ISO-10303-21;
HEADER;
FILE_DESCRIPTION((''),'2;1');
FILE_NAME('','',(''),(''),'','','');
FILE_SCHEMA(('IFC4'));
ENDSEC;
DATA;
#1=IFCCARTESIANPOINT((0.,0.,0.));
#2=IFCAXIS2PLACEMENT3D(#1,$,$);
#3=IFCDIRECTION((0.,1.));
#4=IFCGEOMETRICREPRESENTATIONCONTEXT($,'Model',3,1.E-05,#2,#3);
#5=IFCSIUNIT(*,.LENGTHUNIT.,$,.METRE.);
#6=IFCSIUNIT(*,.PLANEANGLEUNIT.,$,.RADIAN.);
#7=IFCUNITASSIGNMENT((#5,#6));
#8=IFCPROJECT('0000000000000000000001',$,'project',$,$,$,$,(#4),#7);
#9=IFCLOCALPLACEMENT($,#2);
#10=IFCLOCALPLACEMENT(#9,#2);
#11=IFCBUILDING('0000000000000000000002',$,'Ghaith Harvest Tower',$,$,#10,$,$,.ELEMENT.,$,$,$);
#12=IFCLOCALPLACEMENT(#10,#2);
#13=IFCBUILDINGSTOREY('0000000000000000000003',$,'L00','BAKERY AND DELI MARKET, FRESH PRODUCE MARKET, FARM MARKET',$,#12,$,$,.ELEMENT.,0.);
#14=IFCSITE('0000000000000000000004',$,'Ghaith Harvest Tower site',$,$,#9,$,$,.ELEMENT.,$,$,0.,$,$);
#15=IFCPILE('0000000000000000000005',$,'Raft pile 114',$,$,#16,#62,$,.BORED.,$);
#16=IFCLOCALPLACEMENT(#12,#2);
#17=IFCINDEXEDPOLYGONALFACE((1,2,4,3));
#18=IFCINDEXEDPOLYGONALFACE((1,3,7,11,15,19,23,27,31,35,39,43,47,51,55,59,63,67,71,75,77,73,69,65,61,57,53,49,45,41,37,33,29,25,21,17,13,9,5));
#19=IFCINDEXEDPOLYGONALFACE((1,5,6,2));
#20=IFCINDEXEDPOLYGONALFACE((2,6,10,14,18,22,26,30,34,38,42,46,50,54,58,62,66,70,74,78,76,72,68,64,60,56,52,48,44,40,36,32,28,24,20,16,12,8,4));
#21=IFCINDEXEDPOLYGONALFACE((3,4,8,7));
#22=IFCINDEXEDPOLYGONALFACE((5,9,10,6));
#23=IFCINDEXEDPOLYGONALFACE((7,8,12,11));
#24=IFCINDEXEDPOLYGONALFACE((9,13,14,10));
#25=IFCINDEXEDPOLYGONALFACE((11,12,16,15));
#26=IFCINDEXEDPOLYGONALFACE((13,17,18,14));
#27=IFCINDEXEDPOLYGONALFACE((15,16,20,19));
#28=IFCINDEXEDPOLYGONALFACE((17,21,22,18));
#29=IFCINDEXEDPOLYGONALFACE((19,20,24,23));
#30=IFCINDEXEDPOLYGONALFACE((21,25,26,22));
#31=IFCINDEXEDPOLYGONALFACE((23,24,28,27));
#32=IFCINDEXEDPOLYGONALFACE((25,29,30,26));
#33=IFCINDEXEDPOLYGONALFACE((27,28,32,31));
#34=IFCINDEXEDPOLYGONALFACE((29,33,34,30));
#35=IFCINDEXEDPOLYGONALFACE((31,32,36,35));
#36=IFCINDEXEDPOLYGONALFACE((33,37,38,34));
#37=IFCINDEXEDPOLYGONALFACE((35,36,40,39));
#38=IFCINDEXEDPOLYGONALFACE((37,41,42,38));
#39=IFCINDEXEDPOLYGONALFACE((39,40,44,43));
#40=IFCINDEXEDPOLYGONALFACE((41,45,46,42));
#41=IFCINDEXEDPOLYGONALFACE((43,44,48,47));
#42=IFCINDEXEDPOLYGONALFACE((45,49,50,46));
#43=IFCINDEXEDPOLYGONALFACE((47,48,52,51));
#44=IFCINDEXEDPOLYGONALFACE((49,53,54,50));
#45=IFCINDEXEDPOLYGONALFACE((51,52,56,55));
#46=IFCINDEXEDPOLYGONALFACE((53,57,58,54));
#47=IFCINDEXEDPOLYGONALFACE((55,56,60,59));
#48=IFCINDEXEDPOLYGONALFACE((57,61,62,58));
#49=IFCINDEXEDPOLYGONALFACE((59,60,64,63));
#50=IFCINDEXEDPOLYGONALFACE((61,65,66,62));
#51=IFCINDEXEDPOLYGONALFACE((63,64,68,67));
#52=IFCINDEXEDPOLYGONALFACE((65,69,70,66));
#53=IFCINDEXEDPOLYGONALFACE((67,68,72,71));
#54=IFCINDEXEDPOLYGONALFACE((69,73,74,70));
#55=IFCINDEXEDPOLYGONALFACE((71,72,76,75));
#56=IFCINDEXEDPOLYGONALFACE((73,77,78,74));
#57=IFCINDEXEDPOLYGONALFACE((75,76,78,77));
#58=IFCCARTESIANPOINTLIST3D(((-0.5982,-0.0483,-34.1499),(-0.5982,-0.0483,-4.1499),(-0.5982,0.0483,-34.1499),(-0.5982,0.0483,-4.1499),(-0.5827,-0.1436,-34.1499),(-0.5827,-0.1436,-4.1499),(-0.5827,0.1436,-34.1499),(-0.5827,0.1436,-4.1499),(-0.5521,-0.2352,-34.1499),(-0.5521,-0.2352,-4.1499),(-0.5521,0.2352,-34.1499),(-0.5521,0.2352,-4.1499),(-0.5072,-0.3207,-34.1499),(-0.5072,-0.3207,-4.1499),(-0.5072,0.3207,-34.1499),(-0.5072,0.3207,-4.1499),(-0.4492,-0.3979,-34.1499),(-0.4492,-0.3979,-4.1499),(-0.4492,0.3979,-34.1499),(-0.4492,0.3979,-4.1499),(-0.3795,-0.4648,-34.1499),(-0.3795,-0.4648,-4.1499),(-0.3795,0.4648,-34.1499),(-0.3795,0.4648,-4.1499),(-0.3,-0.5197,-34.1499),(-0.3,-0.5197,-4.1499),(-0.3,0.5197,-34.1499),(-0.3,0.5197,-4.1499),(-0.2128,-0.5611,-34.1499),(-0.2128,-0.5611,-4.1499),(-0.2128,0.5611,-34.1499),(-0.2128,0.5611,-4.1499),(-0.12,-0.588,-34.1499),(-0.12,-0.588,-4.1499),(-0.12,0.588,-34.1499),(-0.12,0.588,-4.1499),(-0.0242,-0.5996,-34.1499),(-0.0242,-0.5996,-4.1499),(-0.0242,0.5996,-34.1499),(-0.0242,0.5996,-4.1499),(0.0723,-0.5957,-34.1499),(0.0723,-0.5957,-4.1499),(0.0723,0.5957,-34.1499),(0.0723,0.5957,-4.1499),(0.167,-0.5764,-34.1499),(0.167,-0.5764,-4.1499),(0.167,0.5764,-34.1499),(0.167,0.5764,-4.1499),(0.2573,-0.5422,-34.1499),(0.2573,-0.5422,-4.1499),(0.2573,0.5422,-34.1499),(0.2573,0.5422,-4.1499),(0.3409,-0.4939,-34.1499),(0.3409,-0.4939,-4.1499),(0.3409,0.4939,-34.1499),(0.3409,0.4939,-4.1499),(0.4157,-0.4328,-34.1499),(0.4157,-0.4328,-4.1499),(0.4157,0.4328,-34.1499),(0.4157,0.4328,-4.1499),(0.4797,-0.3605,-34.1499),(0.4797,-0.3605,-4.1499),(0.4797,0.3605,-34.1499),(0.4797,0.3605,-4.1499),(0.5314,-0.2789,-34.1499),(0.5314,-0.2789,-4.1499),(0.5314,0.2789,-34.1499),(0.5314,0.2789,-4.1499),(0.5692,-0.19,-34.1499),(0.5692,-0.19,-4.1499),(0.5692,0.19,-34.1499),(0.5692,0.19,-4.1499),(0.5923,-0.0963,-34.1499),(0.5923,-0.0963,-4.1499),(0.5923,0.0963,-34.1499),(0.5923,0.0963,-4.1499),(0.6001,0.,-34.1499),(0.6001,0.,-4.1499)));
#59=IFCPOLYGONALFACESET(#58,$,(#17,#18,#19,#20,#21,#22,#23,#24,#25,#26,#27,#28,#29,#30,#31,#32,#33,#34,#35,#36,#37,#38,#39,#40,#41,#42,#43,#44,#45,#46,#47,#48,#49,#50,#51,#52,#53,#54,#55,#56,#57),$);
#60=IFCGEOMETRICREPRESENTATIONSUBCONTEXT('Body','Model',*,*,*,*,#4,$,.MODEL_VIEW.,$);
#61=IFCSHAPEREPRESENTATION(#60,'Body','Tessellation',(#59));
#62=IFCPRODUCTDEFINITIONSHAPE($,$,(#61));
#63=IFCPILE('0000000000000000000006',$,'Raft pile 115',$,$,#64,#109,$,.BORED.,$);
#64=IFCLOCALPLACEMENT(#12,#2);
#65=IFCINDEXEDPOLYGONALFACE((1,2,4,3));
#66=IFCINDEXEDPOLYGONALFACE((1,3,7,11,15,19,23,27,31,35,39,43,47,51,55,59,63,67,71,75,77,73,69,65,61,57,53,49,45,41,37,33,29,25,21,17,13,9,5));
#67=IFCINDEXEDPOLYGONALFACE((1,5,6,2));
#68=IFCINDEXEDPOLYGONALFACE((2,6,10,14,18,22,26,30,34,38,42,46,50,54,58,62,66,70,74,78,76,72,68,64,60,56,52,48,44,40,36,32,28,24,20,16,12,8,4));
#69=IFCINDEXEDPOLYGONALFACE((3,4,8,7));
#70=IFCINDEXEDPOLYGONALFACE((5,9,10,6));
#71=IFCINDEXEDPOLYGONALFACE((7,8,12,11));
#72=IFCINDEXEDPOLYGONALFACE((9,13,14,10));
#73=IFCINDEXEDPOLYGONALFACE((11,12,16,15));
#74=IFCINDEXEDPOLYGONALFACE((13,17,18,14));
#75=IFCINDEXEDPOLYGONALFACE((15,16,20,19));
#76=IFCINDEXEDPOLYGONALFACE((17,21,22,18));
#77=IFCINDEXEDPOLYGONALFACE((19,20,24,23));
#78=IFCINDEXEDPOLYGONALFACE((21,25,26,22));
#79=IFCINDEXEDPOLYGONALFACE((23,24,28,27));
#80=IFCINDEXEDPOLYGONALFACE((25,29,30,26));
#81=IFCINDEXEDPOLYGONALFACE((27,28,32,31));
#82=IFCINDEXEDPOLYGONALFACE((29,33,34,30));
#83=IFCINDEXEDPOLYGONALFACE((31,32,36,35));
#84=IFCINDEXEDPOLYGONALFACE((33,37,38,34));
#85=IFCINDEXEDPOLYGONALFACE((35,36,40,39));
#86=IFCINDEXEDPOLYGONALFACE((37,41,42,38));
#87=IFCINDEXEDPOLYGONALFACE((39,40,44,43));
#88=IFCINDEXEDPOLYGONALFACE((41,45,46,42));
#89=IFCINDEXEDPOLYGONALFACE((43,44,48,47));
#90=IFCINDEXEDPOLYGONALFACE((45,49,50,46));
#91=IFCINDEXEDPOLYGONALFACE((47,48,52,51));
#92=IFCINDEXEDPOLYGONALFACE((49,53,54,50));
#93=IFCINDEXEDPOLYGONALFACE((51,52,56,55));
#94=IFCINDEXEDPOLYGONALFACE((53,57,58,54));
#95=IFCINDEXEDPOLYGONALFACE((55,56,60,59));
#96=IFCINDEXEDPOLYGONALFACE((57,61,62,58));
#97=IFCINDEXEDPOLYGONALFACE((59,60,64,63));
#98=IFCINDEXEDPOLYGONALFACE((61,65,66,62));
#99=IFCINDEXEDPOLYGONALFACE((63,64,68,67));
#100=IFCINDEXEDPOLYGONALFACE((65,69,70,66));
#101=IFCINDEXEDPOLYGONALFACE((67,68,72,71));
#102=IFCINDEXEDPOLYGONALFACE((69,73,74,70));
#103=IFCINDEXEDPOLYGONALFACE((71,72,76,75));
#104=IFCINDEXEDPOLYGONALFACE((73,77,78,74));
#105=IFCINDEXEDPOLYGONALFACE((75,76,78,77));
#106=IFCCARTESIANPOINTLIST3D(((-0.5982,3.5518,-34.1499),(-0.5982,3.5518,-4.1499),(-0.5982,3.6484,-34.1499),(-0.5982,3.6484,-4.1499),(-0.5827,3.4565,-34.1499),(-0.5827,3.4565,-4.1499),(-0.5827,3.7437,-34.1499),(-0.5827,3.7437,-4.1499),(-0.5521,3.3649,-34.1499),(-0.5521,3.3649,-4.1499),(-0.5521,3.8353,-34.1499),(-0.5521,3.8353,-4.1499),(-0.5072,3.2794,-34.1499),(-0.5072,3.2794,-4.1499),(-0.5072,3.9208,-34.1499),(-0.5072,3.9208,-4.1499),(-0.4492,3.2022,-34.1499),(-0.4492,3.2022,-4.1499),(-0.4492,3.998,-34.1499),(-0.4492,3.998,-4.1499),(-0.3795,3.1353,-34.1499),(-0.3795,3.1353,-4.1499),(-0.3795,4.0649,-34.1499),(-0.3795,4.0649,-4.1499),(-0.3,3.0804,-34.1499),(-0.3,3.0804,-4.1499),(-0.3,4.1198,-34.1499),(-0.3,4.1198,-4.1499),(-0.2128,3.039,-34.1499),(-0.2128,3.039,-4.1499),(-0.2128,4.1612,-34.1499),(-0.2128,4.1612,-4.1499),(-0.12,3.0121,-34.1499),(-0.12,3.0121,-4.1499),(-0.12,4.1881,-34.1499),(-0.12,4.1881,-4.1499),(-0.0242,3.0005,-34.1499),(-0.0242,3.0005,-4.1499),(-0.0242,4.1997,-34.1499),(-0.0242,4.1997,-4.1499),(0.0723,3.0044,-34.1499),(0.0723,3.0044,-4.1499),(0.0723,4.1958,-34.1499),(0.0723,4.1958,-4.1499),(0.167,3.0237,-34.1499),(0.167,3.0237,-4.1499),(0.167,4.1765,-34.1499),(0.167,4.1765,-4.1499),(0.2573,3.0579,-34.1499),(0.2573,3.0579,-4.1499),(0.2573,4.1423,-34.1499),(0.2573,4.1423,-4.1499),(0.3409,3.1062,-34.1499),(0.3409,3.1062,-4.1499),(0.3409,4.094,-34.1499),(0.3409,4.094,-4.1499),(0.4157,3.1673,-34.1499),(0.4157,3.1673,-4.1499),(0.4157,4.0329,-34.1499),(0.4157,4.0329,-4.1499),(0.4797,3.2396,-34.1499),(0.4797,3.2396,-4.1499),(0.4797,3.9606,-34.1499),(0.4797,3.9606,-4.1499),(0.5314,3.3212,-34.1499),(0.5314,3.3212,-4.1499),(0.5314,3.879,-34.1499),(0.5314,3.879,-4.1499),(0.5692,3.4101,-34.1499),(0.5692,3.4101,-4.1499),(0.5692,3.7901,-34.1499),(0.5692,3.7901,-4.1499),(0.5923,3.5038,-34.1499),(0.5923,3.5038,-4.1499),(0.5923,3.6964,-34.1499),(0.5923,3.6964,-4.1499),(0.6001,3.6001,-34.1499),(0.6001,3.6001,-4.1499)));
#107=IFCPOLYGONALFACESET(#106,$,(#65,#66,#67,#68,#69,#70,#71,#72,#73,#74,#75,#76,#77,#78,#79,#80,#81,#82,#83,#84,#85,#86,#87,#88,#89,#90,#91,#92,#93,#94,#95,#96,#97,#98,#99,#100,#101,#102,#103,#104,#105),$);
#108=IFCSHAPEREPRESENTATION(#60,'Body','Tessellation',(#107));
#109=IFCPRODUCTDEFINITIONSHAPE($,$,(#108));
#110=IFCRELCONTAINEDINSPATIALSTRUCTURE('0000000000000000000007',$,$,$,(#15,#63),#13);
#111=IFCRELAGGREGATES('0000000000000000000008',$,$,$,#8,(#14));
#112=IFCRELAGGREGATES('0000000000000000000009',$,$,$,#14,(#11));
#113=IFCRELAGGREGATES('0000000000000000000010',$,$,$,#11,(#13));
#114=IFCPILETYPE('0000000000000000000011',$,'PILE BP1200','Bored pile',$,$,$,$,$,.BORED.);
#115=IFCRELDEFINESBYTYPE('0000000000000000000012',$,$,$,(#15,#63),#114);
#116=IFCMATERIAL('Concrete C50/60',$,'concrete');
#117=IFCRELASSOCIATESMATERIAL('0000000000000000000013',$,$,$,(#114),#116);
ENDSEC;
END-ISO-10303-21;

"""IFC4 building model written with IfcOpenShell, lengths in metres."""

from ifc_helpers import new_model, si_unit, direction, frame, origin, origin_2d, place, context, subcontext, project, spatial, circle, extrude, material, material_profile, profile_set, type_object, element, save


model = new_model("IFC4")

# Units and contexts
model_context = context("Model", 3, precision=1e-05, world=origin(), true_north=direction((0.0, 1.0)))
body_context = subcontext(model_context, "Body", "Model", "MODEL_VIEW")
ifc_project = project(units=[si_unit("LENGTHUNIT", "METRE"), si_unit("PLANEANGLEUNIT", "RADIAN")], contexts=[model_context])

# Site, building, storey
site_placement = place(None, origin())
site = spatial("IfcSite", under=ifc_project, at=site_placement, Name="Ghaith Harvest Tower site", CompositionType="ELEMENT", RefElevation=0.0)
building_placement = place(site_placement, origin())
building = spatial("IfcBuilding", under=site, at=building_placement, Name="Ghaith Harvest Tower", CompositionType="ELEMENT")
storey_placement = place(building_placement, origin())
storey = spatial("IfcBuildingStorey", under=building, at=storey_placement, Name="L00", Description="BAKERY AND DELI MARKET, FRESH PRODUCE MARKET, FARM MARKET", CompositionType="ELEMENT", Elevation=0.0)

# Piles
ifc_material_1 = material(Name="Concrete C50/60", Category="concrete")
ifc_material_profile = material_profile(ifc_material_1, circle(Radius=0.6001, at=origin_2d()), Name="PILE1200")
ifc_profile_set = profile_set([ifc_material_profile], Name="Concrete C50/60")
pile_type = type_object("IfcPileType", Name="PILE BP1200", Description="Bored pile", PredefinedType="BORED", material=ifc_profile_set)
for number, where, z_axis, x_axis, name in (
    (1, (0.0, 0.0, -4.1499), (0.0, 0.0, -1.0), (1.0, 0.0, 0.0), "Raft pile 114"),
    (2, (0.0, 3.6001, -4.1499), (0.0, 0.0, -1.0), (1.0, 0.0, 0.0), "Raft pile 115"),
):
    element("IfcPile", number, at=place(storey_placement, frame(where, z_axis=z_axis, x_axis=x_axis)), inside=storey, type_object=pile_type, Name=name, PredefinedType="BORED", context=body_context, shape_type="SweptSolid", body=[
        extrude(circle(Radius=0.6001, at=origin_2d()), origin(), (0.0, 0.0, 1.0), 30.0),
    ])

save(model, "model.ifc")
